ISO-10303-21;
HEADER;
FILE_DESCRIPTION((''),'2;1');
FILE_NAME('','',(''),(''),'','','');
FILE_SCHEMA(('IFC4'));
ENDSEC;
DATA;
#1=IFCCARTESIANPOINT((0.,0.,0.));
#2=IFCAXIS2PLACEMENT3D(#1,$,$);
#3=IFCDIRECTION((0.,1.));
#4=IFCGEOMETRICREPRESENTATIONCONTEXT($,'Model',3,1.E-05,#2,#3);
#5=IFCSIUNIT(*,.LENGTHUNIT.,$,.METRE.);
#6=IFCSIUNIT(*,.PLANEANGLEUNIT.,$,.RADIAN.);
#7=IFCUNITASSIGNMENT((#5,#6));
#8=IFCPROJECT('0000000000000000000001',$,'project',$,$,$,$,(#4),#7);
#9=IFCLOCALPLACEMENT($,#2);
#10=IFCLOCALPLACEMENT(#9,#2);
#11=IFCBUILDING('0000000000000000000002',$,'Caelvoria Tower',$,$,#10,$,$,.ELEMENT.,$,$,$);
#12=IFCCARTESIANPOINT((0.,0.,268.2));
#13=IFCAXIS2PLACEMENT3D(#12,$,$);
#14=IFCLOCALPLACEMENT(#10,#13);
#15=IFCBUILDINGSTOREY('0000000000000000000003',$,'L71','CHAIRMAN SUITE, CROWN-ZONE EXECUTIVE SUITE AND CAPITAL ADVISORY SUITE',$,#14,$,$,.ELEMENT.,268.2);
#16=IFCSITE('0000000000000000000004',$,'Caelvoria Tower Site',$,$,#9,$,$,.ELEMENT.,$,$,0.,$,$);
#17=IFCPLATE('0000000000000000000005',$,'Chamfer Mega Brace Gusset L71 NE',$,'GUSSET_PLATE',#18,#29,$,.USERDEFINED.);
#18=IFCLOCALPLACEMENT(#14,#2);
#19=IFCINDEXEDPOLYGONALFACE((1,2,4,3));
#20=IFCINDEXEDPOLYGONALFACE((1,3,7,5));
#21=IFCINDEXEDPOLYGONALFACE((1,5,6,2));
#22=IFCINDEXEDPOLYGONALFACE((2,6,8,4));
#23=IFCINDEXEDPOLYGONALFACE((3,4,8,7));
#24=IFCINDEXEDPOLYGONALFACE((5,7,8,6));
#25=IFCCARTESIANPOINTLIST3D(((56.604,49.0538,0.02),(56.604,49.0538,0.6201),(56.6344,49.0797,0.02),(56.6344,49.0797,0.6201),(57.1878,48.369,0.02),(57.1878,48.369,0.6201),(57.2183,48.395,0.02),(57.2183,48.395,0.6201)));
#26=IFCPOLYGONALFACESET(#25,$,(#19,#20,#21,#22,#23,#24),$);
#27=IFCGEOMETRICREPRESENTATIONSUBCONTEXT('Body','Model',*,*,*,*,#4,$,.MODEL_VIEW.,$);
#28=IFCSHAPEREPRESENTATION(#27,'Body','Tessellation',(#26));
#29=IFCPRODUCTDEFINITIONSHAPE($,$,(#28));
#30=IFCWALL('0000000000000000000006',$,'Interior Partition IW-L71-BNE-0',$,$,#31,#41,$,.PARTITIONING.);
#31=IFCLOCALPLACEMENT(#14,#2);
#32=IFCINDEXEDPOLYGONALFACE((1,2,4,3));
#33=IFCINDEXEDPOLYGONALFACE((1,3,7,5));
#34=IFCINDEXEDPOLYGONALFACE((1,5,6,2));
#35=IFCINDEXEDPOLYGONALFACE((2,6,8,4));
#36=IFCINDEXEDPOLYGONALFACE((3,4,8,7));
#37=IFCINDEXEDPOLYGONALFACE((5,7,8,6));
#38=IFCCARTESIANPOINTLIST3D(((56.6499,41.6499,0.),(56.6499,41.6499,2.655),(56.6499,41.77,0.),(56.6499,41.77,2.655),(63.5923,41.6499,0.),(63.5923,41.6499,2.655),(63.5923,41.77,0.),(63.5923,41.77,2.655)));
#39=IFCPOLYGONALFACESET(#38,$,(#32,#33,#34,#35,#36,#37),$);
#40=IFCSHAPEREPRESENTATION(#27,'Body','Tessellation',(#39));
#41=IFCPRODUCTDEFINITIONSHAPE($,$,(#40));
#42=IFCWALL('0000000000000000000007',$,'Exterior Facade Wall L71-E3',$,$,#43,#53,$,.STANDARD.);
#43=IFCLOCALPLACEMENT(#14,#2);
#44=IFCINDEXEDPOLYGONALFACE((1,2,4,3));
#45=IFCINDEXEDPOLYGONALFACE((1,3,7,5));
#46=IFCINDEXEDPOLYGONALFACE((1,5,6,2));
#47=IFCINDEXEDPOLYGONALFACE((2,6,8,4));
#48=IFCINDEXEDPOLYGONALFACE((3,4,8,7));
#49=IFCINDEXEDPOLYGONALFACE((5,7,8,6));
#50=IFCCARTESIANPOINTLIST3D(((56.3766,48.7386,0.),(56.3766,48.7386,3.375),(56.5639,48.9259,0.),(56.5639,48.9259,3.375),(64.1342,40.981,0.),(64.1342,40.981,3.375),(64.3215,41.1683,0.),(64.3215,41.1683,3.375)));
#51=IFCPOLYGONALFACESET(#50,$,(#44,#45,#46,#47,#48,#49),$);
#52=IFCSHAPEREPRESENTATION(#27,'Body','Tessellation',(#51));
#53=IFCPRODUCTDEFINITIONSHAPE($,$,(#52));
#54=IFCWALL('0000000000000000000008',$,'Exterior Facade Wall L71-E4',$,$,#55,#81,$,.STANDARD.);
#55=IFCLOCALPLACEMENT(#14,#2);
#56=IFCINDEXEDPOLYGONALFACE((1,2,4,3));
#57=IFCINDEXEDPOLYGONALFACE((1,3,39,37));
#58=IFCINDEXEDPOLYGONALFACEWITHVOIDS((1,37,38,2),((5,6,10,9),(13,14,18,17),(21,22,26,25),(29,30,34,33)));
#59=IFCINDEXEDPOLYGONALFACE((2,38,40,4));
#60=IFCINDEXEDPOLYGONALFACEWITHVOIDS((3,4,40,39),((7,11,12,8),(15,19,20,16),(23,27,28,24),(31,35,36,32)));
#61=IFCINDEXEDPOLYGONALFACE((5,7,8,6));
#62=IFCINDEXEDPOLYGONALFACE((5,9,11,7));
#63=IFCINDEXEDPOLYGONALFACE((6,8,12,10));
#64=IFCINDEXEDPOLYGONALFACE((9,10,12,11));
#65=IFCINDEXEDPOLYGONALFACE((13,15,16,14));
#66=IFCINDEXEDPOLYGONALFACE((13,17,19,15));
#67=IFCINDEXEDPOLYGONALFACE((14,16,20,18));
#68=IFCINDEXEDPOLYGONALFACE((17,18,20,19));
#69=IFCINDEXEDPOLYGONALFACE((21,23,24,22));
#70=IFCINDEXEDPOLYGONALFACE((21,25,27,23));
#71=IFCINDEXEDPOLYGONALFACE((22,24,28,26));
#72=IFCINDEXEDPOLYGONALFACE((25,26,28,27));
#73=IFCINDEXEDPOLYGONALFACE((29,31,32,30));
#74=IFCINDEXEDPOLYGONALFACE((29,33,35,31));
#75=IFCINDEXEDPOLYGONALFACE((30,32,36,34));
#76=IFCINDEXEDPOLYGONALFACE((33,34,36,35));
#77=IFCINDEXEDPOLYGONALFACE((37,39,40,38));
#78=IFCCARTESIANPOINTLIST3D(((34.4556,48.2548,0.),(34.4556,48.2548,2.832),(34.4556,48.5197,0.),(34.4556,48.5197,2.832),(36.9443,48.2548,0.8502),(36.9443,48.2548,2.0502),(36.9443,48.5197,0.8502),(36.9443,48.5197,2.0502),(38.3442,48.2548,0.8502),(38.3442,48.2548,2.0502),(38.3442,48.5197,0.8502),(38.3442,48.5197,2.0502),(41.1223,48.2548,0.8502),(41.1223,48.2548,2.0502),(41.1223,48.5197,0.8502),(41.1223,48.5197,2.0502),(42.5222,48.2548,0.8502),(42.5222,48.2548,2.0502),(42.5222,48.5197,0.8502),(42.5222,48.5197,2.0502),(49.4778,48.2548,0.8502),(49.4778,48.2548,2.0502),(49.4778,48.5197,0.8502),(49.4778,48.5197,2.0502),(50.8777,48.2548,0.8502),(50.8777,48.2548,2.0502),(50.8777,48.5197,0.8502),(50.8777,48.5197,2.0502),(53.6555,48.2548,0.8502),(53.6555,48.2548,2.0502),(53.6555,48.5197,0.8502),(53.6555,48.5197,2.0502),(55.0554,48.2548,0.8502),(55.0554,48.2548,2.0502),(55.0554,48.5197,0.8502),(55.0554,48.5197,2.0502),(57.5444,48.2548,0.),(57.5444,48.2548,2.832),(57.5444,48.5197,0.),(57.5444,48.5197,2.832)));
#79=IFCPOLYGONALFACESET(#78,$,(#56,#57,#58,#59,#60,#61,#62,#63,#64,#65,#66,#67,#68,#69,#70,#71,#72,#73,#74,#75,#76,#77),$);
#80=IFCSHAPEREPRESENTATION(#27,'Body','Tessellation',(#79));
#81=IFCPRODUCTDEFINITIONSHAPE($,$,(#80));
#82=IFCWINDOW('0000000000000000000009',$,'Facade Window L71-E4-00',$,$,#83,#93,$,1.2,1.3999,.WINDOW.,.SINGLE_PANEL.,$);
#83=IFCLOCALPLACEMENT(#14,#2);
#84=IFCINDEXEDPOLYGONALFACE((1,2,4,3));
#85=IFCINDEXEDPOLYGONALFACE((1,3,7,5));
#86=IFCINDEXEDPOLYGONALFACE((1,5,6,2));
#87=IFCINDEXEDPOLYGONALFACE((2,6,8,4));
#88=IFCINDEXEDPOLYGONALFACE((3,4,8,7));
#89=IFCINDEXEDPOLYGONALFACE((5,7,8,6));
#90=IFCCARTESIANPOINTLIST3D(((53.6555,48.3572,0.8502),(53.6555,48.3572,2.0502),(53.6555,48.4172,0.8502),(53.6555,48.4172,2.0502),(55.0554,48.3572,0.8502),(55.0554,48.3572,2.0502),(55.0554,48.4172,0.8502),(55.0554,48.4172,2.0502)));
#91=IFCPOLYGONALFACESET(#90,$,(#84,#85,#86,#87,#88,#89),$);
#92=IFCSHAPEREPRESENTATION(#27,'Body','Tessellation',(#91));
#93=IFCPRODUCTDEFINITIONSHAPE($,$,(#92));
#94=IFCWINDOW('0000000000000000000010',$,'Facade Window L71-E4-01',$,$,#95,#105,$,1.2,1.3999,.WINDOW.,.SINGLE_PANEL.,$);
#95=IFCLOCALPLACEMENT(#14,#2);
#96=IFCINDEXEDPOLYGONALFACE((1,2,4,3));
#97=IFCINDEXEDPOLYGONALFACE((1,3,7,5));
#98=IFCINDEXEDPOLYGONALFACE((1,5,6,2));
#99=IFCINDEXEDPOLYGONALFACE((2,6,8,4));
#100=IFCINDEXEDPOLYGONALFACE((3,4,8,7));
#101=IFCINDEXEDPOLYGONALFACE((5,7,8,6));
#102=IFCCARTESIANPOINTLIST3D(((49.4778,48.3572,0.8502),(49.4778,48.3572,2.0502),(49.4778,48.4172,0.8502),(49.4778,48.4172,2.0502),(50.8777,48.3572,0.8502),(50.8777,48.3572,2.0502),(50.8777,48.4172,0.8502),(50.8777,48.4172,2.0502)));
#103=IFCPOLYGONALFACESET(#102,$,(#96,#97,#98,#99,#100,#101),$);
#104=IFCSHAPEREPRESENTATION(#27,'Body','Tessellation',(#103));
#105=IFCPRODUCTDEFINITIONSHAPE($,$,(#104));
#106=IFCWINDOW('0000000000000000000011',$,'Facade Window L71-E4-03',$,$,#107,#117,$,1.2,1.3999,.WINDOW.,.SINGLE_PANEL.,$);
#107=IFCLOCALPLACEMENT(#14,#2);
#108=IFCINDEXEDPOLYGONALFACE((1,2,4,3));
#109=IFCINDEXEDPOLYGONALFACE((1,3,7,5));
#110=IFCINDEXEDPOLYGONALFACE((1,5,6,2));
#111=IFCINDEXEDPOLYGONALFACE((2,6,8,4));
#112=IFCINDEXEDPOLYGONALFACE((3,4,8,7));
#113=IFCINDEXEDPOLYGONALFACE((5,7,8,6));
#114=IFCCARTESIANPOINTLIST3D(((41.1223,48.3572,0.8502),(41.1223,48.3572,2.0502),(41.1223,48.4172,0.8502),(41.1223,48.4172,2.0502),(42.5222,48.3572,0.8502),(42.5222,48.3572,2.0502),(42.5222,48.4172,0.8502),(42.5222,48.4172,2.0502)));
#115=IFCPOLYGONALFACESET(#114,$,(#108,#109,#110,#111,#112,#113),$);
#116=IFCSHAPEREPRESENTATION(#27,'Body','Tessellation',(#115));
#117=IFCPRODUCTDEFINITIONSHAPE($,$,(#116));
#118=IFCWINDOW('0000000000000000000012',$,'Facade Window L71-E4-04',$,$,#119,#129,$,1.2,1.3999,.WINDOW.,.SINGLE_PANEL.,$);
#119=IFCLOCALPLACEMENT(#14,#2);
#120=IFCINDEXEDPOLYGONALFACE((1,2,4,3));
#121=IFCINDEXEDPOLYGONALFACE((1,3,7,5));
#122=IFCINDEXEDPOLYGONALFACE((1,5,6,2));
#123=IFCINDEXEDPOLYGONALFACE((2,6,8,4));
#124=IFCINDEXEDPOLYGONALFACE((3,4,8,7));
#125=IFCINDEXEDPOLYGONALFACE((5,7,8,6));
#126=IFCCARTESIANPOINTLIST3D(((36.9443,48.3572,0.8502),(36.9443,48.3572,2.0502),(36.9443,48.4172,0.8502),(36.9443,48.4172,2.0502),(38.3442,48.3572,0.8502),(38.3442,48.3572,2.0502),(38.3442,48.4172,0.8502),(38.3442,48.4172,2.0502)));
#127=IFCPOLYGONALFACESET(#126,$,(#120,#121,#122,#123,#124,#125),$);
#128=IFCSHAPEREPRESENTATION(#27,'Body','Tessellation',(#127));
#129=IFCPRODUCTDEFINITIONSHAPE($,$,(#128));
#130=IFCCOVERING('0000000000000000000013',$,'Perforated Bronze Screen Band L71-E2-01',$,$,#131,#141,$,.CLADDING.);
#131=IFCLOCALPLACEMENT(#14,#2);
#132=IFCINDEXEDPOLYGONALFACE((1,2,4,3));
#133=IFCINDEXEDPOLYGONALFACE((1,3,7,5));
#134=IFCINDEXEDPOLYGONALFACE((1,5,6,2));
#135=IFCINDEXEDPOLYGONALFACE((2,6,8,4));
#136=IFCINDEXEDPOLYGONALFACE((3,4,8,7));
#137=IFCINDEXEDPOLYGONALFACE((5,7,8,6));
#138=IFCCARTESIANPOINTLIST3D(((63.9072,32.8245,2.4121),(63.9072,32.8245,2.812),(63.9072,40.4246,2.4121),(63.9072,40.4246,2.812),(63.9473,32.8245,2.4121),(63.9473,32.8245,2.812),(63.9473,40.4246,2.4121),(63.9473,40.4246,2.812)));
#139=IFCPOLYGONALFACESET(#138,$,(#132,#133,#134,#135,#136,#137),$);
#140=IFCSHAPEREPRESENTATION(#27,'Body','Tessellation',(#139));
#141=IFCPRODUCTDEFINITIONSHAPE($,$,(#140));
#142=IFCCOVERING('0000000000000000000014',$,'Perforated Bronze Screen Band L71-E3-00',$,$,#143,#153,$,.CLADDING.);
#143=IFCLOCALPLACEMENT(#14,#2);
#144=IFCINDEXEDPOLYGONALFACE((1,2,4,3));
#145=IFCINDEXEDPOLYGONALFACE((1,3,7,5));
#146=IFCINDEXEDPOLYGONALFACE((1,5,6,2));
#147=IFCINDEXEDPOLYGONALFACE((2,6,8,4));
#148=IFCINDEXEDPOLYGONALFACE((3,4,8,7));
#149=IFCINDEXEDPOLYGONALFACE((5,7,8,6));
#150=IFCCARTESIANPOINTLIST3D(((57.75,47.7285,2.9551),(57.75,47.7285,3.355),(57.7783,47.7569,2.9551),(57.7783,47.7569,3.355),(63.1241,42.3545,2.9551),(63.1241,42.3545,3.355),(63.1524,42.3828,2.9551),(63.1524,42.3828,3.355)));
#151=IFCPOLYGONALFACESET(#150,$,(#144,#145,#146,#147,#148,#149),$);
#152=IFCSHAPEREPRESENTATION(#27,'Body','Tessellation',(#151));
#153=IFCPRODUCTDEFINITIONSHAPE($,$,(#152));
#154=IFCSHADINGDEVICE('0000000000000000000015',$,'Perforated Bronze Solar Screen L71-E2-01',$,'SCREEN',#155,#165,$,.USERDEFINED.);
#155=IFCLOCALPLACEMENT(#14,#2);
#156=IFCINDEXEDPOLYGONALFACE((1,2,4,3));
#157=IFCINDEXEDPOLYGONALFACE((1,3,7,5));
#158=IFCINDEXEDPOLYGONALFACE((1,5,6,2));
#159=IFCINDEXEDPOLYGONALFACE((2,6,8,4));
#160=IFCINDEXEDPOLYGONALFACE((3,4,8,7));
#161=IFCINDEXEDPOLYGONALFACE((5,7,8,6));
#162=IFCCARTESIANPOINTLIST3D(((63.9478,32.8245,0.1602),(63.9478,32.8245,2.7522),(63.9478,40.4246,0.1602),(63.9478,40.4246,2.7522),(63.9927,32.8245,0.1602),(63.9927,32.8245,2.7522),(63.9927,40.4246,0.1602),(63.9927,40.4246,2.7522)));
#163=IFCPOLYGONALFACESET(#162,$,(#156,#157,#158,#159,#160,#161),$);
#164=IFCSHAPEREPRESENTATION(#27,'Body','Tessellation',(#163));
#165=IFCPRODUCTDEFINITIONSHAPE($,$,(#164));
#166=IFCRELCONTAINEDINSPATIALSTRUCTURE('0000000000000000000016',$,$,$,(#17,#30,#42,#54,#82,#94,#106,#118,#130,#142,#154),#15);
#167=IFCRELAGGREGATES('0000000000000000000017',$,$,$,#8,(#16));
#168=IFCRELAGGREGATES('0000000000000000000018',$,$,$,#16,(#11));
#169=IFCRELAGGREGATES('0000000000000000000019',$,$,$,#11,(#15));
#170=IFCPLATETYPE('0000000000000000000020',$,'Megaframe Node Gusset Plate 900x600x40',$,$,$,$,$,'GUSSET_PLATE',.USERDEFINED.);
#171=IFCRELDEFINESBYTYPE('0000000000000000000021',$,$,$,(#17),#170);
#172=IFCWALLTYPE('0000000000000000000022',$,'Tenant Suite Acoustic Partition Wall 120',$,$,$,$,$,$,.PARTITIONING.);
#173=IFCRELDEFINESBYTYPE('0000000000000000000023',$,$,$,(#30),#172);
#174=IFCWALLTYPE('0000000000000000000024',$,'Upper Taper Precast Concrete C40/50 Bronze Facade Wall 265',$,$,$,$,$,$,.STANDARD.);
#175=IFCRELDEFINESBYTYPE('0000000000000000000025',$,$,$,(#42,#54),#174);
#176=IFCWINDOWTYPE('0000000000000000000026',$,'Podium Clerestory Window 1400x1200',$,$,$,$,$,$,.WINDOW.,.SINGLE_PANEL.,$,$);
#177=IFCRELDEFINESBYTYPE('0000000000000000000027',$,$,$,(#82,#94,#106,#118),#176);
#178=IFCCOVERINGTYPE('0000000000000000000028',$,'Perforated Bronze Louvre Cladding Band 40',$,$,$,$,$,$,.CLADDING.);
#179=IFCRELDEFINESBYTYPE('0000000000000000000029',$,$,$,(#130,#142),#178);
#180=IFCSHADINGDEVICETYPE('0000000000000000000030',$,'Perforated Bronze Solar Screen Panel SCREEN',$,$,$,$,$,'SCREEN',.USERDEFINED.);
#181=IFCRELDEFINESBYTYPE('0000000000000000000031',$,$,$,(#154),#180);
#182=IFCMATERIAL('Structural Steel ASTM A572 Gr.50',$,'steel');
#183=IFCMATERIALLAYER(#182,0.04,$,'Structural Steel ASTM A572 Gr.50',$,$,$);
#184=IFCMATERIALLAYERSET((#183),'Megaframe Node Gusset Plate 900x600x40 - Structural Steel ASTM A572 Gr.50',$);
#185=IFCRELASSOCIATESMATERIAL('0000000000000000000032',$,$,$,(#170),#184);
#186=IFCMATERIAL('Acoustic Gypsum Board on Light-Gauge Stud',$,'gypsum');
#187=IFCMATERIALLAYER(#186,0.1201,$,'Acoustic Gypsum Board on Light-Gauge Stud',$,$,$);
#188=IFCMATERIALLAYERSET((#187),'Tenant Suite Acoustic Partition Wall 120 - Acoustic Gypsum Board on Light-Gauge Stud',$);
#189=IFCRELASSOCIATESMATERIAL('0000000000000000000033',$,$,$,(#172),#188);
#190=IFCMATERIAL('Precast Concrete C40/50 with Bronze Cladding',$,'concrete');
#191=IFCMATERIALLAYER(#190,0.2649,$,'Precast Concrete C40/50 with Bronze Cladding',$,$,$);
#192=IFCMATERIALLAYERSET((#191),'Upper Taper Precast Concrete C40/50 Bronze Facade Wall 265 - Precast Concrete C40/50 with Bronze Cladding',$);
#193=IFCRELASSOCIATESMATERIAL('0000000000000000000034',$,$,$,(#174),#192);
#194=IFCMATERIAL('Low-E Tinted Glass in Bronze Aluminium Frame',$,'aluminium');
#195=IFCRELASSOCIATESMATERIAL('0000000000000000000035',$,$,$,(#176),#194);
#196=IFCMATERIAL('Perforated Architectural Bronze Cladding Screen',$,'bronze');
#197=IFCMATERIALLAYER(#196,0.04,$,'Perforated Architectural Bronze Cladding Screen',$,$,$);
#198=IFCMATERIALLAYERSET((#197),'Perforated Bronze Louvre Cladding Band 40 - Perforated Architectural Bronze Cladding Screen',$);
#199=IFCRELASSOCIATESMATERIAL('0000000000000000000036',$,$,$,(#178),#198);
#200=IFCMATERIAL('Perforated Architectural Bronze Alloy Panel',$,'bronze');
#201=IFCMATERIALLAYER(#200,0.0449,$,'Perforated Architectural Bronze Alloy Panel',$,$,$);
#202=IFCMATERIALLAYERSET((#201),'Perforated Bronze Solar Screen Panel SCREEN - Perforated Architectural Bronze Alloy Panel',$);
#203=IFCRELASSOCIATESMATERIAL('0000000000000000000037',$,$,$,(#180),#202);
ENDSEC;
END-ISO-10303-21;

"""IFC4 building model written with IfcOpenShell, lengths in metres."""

from ifc_helpers import new_model, si_unit, direction, frame, frame_2d, origin, origin_2d, place, context, subcontext, project, spatial, rectangle, extrude, material, layer, layer_set, type_object, element, fill, save


model = new_model("IFC4")

# Units and contexts
model_context = context("Model", 3, precision=1e-05, world=origin(), true_north=direction((0.0, 1.0)))
body_context = subcontext(model_context, "Body", "Model", "MODEL_VIEW")
ifc_project = project(units=[si_unit("LENGTHUNIT", "METRE"), si_unit("PLANEANGLEUNIT", "RADIAN")], contexts=[model_context])

# Site, building, storey
site_placement = place(None, origin())
site = spatial("IfcSite", under=ifc_project, at=site_placement, Name="Caelvoria Tower Site", CompositionType="ELEMENT", RefElevation=0.0)
building_placement = place(site_placement, origin())
building = spatial("IfcBuilding", under=site, at=building_placement, Name="Caelvoria Tower", CompositionType="ELEMENT")
storey_placement = place(building_placement, frame((0.0, 0.0, 268.2)))
storey = spatial("IfcBuildingStorey", under=building, at=storey_placement, Name="L71", Description="CHAIRMAN SUITE, CROWN-ZONE EXECUTIVE SUITE AND CAPITAL ADVISORY SUITE", CompositionType="ELEMENT", Elevation=268.2)

# Shared definitions
ifc_material_1 = material(Name="Structural Steel ASTM A572 Gr.50", Category="steel")

# Plate
ifc_layer_1 = layer(ifc_material_1, 0.04, Name="Structural Steel ASTM A572 Gr.50")
ifc_layer_set_1 = layer_set([ifc_layer_1], Name="Megaframe Node Gusset Plate 900x600x40 - Structural Steel ASTM A572 Gr.50")
plate_type = type_object("IfcPlateType", Name="Megaframe Node Gusset Plate 900x600x40", ElementType="GUSSET_PLATE", PredefinedType="USERDEFINED", material=ifc_layer_set_1)
plate_placement = place(storey_placement, frame((56.9111, 48.7244, 0.02), z_axis=(0.0, 0.0, 1.0), x_axis=(0.648837, -0.760927, 0.0)))
element("IfcPlate", 1, at=plate_placement, inside=storey, type_object=plate_type, Name="Chamfer Mega Brace Gusset L71 NE", ObjectType="GUSSET_PLATE", PredefinedType="USERDEFINED", context=body_context, shape_type="SweptSolid", body=[
    extrude(rectangle(XDim=0.8999, YDim=0.04, at=origin_2d()), origin(), (0.0, 0.0, 1.0), 0.6001),
])

# Walls
ifc_material_2 = material(Name="Acoustic Gypsum Board on Light-Gauge Stud", Category="gypsum")
ifc_layer_2 = layer(ifc_material_2, 0.1201, Name="Acoustic Gypsum Board on Light-Gauge Stud")
ifc_layer_set_2 = layer_set([ifc_layer_2], Name="Tenant Suite Acoustic Partition Wall 120 - Acoustic Gypsum Board on Light-Gauge Stud")
wall_type_1 = type_object("IfcWallType", Name="Tenant Suite Acoustic Partition Wall 120", PredefinedType="PARTITIONING", material=ifc_layer_set_2)
wall_1_placement = place(storey_placement, frame((56.6499, 41.71, 0.0), z_axis=(0.0, 0.0, 1.0), x_axis=(1.0, 0.0, 0.0)))
element("IfcWall", 2, at=wall_1_placement, inside=storey, type_object=wall_type_1, Name="Interior Partition IW-L71-BNE-0", PredefinedType="PARTITIONING", context=body_context, shape_type="SweptSolid", body=[
    extrude(rectangle(XDim=6.9424, YDim=0.1201, at=frame_2d((3.4712, 0.0))), origin(), (0.0, 0.0, 1.0), 2.655),
])
ifc_material_3 = material(Name="Precast Concrete C40/50 with Bronze Cladding", Category="concrete")
ifc_layer_3 = layer(ifc_material_3, 0.2649, Name="Precast Concrete C40/50 with Bronze Cladding")
ifc_layer_set_3 = layer_set([ifc_layer_3], Name="Upper Taper Precast Concrete C40/50 Bronze Facade Wall 265 - Precast Concrete C40/50 with Bronze Cladding")
wall_type_2 = type_object("IfcWallType", Name="Upper Taper Precast Concrete C40/50 Bronze Facade Wall 265", PredefinedType="STANDARD", material=ifc_layer_set_3)
wall_2_placement = place(storey_placement, frame((64.2278, 41.0747, 0.0), z_axis=(0.0, 0.0, 1.0), x_axis=(-0.707107, 0.707107, 0.0)))
element("IfcWall", 3, at=wall_2_placement, inside=storey, type_object=wall_type_2, Name="Exterior Facade Wall L71-E3", PredefinedType="STANDARD", context=body_context, shape_type="SweptSolid", body=[
    extrude(rectangle(XDim=10.9709, YDim=0.2649, at=frame_2d((5.4854, 0.0))), origin(), (0.0, 0.0, 1.0), 3.375),
])

# Wall, openings, windows
wall_3_placement = place(storey_placement, frame((57.5444, 48.3872, 0.0), z_axis=(0.0, 0.0, 1.0), x_axis=(-1.0, 0.0, 0.0)))
wall_3 = element("IfcWall", 4, at=wall_3_placement, inside=storey, type_object=wall_type_2, Name="Exterior Facade Wall L71-E4", PredefinedType="STANDARD", context=body_context, shape_type="SweptSolid", body=[
    extrude(rectangle(XDim=23.0889, YDim=0.2649, at=frame_2d((11.5444, 0.0))), origin(), (0.0, 0.0, 1.0), 2.832),
])
opening_1_placement = place(wall_3_placement, frame((2.489, 0.0, 0.8501)))
opening_1 = element("IfcOpeningElement", 5, at=opening_1_placement, cuts=wall_3, PredefinedType="OPENING", context=body_context, shape_type="SweptSolid", body=[
    extrude(rectangle(XDim=1.3999, YDim=1.2, at=frame_2d((0.7, 0.6001))), frame((0.0, 0.1423, 0.0), z_axis=(0.0, -1.0, 0.0), x_axis=(1.0, 0.0, 0.0)), (0.0, 0.0, 1.0), 0.2849),
])
opening_2_placement = place(wall_3_placement, frame((6.6667, 0.0, 0.8501)))
opening_2 = element("IfcOpeningElement", 6, at=opening_2_placement, cuts=wall_3, PredefinedType="OPENING", context=body_context, shape_type="SweptSolid", body=[
    extrude(rectangle(XDim=1.3999, YDim=1.2, at=frame_2d((0.7, 0.6001))), frame((0.0, 0.1423, 0.0), z_axis=(0.0, -1.0, 0.0), x_axis=(1.0, 0.0, 0.0)), (0.0, 0.0, 1.0), 0.2849),
])
opening_3_placement = place(wall_3_placement, frame((15.0222, 0.0, 0.8501)))
opening_3 = element("IfcOpeningElement", 7, at=opening_3_placement, cuts=wall_3, PredefinedType="OPENING", context=body_context, shape_type="SweptSolid", body=[
    extrude(rectangle(XDim=1.3999, YDim=1.2, at=frame_2d((0.7, 0.6001))), frame((0.0, 0.1423, 0.0), z_axis=(0.0, -1.0, 0.0), x_axis=(1.0, 0.0, 0.0)), (0.0, 0.0, 1.0), 0.2849),
])
opening_4_placement = place(wall_3_placement, frame((19.2002, 0.0, 0.8501)))
opening_4 = element("IfcOpeningElement", 8, at=opening_4_placement, cuts=wall_3, PredefinedType="OPENING", context=body_context, shape_type="SweptSolid", body=[
    extrude(rectangle(XDim=1.3999, YDim=1.2, at=frame_2d((0.7, 0.6001))), frame((0.0, 0.1423, 0.0), z_axis=(0.0, -1.0, 0.0), x_axis=(1.0, 0.0, 0.0)), (0.0, 0.0, 1.0), 0.2849),
])
ifc_material_4 = material(Name="Low-E Tinted Glass in Bronze Aluminium Frame", Category="aluminium")
window_type = type_object("IfcWindowType", Name="Podium Clerestory Window 1400x1200", PartitioningType="SINGLE_PANEL", PredefinedType="WINDOW", material=ifc_material_4)
window_1_placement = place(opening_1_placement, origin())
window_1 = element("IfcWindow", 9, at=window_1_placement, inside=storey, type_object=window_type, Name="Facade Window L71-E4-00", OverallHeight=1.2, OverallWidth=1.3999, PartitioningType="SINGLE_PANEL", PredefinedType="WINDOW", context=body_context, shape_type="SweptSolid", body=[
    extrude(rectangle(XDim=1.3999, YDim=1.2, at=frame_2d((0.7, 0.6001))), frame((0.0, 0.03, 0.0), z_axis=(0.0, -1.0, 0.0), x_axis=(1.0, 0.0, 0.0)), (0.0, 0.0, 1.0), 0.0601),
])
fill(opening_1, window_1)
window_2_placement = place(opening_2_placement, origin())
window_2 = element("IfcWindow", 10, at=window_2_placement, inside=storey, type_object=window_type, Name="Facade Window L71-E4-01", OverallHeight=1.2, OverallWidth=1.3999, PartitioningType="SINGLE_PANEL", PredefinedType="WINDOW", context=body_context, shape_type="SweptSolid", body=[
    extrude(rectangle(XDim=1.3999, YDim=1.2, at=frame_2d((0.7, 0.6001))), frame((0.0, 0.03, 0.0), z_axis=(0.0, -1.0, 0.0), x_axis=(1.0, 0.0, 0.0)), (0.0, 0.0, 1.0), 0.0601),
])
fill(opening_2, window_2)
window_3_placement = place(opening_3_placement, origin())
window_3 = element("IfcWindow", 11, at=window_3_placement, inside=storey, type_object=window_type, Name="Facade Window L71-E4-03", OverallHeight=1.2, OverallWidth=1.3999, PartitioningType="SINGLE_PANEL", PredefinedType="WINDOW", context=body_context, shape_type="SweptSolid", body=[
    extrude(rectangle(XDim=1.3999, YDim=1.2, at=frame_2d((0.7, 0.6001))), frame((0.0, 0.03, 0.0), z_axis=(0.0, -1.0, 0.0), x_axis=(1.0, 0.0, 0.0)), (0.0, 0.0, 1.0), 0.0601),
])
fill(opening_3, window_3)
window_4_placement = place(opening_4_placement, origin())
window_4 = element("IfcWindow", 12, at=window_4_placement, inside=storey, type_object=window_type, Name="Facade Window L71-E4-04", OverallHeight=1.2, OverallWidth=1.3999, PartitioningType="SINGLE_PANEL", PredefinedType="WINDOW", context=body_context, shape_type="SweptSolid", body=[
    extrude(rectangle(XDim=1.3999, YDim=1.2, at=frame_2d((0.7, 0.6001))), frame((0.0, 0.03, 0.0), z_axis=(0.0, -1.0, 0.0), x_axis=(1.0, 0.0, 0.0)), (0.0, 0.0, 1.0), 0.0601),
])
fill(opening_4, window_4)

# Coverings
ifc_material_5 = material(Name="Perforated Architectural Bronze Cladding Screen", Category="bronze")
ifc_layer_4 = layer(ifc_material_5, 0.04, Name="Perforated Architectural Bronze Cladding Screen")
ifc_layer_set_4 = layer_set([ifc_layer_4], Name="Perforated Bronze Louvre Cladding Band 40 - Perforated Architectural Bronze Cladding Screen")
covering_type = type_object("IfcCoveringType", Name="Perforated Bronze Louvre Cladding Band 40", PredefinedType="CLADDING", material=ifc_layer_set_4)
for number, where, z_axis, x_axis, name in (
    (13, (63.9272, 36.6245, 2.4121), (0.0, 0.0, 1.0), (0.0, 1.0, 0.0), "Perforated Bronze Screen Band L71-E2-01"),
    (14, (60.4512, 45.0557, 2.9551), (0.0, 0.0, 1.0), (-0.707107, 0.707107, 0.0), "Perforated Bronze Screen Band L71-E3-00"),
):
    element("IfcCovering", number, at=place(storey_placement, frame(where, z_axis=z_axis, x_axis=x_axis)), inside=storey, type_object=covering_type, Name=name, PredefinedType="CLADDING", context=body_context, shape_type="SweptSolid", body=[
        extrude(rectangle(XDim=7.6001, YDim=0.04, at=origin_2d()), origin(), (0.0, 0.0, 1.0), 0.3999),
    ])

# Shading device
ifc_material_6 = material(Name="Perforated Architectural Bronze Alloy Panel", Category="bronze")
ifc_layer_5 = layer(ifc_material_6, 0.0449, Name="Perforated Architectural Bronze Alloy Panel")
ifc_layer_set_5 = layer_set([ifc_layer_5], Name="Perforated Bronze Solar Screen Panel SCREEN - Perforated Architectural Bronze Alloy Panel")
shading_device_type = type_object("IfcShadingDeviceType", Name="Perforated Bronze Solar Screen Panel SCREEN", ElementType="SCREEN", PredefinedType="USERDEFINED", material=ifc_layer_set_5)
shading_device_1_placement = place(storey_placement, frame((63.9702, 36.6245, 0.1602), z_axis=(0.0, 0.0, 1.0), x_axis=(0.0, 1.0, 0.0)))
element("IfcShadingDevice", 15, at=shading_device_1_placement, inside=storey, type_object=shading_device_type, Name="Perforated Bronze Solar Screen L71-E2-01", ObjectType="SCREEN", PredefinedType="USERDEFINED", context=body_context, shape_type="SweptSolid", body=[
    extrude(rectangle(XDim=7.6001, YDim=0.0449, at=origin_2d()), origin(), (0.0, 0.0, 1.0), 2.592),
])

save(model, "model.ifc")
